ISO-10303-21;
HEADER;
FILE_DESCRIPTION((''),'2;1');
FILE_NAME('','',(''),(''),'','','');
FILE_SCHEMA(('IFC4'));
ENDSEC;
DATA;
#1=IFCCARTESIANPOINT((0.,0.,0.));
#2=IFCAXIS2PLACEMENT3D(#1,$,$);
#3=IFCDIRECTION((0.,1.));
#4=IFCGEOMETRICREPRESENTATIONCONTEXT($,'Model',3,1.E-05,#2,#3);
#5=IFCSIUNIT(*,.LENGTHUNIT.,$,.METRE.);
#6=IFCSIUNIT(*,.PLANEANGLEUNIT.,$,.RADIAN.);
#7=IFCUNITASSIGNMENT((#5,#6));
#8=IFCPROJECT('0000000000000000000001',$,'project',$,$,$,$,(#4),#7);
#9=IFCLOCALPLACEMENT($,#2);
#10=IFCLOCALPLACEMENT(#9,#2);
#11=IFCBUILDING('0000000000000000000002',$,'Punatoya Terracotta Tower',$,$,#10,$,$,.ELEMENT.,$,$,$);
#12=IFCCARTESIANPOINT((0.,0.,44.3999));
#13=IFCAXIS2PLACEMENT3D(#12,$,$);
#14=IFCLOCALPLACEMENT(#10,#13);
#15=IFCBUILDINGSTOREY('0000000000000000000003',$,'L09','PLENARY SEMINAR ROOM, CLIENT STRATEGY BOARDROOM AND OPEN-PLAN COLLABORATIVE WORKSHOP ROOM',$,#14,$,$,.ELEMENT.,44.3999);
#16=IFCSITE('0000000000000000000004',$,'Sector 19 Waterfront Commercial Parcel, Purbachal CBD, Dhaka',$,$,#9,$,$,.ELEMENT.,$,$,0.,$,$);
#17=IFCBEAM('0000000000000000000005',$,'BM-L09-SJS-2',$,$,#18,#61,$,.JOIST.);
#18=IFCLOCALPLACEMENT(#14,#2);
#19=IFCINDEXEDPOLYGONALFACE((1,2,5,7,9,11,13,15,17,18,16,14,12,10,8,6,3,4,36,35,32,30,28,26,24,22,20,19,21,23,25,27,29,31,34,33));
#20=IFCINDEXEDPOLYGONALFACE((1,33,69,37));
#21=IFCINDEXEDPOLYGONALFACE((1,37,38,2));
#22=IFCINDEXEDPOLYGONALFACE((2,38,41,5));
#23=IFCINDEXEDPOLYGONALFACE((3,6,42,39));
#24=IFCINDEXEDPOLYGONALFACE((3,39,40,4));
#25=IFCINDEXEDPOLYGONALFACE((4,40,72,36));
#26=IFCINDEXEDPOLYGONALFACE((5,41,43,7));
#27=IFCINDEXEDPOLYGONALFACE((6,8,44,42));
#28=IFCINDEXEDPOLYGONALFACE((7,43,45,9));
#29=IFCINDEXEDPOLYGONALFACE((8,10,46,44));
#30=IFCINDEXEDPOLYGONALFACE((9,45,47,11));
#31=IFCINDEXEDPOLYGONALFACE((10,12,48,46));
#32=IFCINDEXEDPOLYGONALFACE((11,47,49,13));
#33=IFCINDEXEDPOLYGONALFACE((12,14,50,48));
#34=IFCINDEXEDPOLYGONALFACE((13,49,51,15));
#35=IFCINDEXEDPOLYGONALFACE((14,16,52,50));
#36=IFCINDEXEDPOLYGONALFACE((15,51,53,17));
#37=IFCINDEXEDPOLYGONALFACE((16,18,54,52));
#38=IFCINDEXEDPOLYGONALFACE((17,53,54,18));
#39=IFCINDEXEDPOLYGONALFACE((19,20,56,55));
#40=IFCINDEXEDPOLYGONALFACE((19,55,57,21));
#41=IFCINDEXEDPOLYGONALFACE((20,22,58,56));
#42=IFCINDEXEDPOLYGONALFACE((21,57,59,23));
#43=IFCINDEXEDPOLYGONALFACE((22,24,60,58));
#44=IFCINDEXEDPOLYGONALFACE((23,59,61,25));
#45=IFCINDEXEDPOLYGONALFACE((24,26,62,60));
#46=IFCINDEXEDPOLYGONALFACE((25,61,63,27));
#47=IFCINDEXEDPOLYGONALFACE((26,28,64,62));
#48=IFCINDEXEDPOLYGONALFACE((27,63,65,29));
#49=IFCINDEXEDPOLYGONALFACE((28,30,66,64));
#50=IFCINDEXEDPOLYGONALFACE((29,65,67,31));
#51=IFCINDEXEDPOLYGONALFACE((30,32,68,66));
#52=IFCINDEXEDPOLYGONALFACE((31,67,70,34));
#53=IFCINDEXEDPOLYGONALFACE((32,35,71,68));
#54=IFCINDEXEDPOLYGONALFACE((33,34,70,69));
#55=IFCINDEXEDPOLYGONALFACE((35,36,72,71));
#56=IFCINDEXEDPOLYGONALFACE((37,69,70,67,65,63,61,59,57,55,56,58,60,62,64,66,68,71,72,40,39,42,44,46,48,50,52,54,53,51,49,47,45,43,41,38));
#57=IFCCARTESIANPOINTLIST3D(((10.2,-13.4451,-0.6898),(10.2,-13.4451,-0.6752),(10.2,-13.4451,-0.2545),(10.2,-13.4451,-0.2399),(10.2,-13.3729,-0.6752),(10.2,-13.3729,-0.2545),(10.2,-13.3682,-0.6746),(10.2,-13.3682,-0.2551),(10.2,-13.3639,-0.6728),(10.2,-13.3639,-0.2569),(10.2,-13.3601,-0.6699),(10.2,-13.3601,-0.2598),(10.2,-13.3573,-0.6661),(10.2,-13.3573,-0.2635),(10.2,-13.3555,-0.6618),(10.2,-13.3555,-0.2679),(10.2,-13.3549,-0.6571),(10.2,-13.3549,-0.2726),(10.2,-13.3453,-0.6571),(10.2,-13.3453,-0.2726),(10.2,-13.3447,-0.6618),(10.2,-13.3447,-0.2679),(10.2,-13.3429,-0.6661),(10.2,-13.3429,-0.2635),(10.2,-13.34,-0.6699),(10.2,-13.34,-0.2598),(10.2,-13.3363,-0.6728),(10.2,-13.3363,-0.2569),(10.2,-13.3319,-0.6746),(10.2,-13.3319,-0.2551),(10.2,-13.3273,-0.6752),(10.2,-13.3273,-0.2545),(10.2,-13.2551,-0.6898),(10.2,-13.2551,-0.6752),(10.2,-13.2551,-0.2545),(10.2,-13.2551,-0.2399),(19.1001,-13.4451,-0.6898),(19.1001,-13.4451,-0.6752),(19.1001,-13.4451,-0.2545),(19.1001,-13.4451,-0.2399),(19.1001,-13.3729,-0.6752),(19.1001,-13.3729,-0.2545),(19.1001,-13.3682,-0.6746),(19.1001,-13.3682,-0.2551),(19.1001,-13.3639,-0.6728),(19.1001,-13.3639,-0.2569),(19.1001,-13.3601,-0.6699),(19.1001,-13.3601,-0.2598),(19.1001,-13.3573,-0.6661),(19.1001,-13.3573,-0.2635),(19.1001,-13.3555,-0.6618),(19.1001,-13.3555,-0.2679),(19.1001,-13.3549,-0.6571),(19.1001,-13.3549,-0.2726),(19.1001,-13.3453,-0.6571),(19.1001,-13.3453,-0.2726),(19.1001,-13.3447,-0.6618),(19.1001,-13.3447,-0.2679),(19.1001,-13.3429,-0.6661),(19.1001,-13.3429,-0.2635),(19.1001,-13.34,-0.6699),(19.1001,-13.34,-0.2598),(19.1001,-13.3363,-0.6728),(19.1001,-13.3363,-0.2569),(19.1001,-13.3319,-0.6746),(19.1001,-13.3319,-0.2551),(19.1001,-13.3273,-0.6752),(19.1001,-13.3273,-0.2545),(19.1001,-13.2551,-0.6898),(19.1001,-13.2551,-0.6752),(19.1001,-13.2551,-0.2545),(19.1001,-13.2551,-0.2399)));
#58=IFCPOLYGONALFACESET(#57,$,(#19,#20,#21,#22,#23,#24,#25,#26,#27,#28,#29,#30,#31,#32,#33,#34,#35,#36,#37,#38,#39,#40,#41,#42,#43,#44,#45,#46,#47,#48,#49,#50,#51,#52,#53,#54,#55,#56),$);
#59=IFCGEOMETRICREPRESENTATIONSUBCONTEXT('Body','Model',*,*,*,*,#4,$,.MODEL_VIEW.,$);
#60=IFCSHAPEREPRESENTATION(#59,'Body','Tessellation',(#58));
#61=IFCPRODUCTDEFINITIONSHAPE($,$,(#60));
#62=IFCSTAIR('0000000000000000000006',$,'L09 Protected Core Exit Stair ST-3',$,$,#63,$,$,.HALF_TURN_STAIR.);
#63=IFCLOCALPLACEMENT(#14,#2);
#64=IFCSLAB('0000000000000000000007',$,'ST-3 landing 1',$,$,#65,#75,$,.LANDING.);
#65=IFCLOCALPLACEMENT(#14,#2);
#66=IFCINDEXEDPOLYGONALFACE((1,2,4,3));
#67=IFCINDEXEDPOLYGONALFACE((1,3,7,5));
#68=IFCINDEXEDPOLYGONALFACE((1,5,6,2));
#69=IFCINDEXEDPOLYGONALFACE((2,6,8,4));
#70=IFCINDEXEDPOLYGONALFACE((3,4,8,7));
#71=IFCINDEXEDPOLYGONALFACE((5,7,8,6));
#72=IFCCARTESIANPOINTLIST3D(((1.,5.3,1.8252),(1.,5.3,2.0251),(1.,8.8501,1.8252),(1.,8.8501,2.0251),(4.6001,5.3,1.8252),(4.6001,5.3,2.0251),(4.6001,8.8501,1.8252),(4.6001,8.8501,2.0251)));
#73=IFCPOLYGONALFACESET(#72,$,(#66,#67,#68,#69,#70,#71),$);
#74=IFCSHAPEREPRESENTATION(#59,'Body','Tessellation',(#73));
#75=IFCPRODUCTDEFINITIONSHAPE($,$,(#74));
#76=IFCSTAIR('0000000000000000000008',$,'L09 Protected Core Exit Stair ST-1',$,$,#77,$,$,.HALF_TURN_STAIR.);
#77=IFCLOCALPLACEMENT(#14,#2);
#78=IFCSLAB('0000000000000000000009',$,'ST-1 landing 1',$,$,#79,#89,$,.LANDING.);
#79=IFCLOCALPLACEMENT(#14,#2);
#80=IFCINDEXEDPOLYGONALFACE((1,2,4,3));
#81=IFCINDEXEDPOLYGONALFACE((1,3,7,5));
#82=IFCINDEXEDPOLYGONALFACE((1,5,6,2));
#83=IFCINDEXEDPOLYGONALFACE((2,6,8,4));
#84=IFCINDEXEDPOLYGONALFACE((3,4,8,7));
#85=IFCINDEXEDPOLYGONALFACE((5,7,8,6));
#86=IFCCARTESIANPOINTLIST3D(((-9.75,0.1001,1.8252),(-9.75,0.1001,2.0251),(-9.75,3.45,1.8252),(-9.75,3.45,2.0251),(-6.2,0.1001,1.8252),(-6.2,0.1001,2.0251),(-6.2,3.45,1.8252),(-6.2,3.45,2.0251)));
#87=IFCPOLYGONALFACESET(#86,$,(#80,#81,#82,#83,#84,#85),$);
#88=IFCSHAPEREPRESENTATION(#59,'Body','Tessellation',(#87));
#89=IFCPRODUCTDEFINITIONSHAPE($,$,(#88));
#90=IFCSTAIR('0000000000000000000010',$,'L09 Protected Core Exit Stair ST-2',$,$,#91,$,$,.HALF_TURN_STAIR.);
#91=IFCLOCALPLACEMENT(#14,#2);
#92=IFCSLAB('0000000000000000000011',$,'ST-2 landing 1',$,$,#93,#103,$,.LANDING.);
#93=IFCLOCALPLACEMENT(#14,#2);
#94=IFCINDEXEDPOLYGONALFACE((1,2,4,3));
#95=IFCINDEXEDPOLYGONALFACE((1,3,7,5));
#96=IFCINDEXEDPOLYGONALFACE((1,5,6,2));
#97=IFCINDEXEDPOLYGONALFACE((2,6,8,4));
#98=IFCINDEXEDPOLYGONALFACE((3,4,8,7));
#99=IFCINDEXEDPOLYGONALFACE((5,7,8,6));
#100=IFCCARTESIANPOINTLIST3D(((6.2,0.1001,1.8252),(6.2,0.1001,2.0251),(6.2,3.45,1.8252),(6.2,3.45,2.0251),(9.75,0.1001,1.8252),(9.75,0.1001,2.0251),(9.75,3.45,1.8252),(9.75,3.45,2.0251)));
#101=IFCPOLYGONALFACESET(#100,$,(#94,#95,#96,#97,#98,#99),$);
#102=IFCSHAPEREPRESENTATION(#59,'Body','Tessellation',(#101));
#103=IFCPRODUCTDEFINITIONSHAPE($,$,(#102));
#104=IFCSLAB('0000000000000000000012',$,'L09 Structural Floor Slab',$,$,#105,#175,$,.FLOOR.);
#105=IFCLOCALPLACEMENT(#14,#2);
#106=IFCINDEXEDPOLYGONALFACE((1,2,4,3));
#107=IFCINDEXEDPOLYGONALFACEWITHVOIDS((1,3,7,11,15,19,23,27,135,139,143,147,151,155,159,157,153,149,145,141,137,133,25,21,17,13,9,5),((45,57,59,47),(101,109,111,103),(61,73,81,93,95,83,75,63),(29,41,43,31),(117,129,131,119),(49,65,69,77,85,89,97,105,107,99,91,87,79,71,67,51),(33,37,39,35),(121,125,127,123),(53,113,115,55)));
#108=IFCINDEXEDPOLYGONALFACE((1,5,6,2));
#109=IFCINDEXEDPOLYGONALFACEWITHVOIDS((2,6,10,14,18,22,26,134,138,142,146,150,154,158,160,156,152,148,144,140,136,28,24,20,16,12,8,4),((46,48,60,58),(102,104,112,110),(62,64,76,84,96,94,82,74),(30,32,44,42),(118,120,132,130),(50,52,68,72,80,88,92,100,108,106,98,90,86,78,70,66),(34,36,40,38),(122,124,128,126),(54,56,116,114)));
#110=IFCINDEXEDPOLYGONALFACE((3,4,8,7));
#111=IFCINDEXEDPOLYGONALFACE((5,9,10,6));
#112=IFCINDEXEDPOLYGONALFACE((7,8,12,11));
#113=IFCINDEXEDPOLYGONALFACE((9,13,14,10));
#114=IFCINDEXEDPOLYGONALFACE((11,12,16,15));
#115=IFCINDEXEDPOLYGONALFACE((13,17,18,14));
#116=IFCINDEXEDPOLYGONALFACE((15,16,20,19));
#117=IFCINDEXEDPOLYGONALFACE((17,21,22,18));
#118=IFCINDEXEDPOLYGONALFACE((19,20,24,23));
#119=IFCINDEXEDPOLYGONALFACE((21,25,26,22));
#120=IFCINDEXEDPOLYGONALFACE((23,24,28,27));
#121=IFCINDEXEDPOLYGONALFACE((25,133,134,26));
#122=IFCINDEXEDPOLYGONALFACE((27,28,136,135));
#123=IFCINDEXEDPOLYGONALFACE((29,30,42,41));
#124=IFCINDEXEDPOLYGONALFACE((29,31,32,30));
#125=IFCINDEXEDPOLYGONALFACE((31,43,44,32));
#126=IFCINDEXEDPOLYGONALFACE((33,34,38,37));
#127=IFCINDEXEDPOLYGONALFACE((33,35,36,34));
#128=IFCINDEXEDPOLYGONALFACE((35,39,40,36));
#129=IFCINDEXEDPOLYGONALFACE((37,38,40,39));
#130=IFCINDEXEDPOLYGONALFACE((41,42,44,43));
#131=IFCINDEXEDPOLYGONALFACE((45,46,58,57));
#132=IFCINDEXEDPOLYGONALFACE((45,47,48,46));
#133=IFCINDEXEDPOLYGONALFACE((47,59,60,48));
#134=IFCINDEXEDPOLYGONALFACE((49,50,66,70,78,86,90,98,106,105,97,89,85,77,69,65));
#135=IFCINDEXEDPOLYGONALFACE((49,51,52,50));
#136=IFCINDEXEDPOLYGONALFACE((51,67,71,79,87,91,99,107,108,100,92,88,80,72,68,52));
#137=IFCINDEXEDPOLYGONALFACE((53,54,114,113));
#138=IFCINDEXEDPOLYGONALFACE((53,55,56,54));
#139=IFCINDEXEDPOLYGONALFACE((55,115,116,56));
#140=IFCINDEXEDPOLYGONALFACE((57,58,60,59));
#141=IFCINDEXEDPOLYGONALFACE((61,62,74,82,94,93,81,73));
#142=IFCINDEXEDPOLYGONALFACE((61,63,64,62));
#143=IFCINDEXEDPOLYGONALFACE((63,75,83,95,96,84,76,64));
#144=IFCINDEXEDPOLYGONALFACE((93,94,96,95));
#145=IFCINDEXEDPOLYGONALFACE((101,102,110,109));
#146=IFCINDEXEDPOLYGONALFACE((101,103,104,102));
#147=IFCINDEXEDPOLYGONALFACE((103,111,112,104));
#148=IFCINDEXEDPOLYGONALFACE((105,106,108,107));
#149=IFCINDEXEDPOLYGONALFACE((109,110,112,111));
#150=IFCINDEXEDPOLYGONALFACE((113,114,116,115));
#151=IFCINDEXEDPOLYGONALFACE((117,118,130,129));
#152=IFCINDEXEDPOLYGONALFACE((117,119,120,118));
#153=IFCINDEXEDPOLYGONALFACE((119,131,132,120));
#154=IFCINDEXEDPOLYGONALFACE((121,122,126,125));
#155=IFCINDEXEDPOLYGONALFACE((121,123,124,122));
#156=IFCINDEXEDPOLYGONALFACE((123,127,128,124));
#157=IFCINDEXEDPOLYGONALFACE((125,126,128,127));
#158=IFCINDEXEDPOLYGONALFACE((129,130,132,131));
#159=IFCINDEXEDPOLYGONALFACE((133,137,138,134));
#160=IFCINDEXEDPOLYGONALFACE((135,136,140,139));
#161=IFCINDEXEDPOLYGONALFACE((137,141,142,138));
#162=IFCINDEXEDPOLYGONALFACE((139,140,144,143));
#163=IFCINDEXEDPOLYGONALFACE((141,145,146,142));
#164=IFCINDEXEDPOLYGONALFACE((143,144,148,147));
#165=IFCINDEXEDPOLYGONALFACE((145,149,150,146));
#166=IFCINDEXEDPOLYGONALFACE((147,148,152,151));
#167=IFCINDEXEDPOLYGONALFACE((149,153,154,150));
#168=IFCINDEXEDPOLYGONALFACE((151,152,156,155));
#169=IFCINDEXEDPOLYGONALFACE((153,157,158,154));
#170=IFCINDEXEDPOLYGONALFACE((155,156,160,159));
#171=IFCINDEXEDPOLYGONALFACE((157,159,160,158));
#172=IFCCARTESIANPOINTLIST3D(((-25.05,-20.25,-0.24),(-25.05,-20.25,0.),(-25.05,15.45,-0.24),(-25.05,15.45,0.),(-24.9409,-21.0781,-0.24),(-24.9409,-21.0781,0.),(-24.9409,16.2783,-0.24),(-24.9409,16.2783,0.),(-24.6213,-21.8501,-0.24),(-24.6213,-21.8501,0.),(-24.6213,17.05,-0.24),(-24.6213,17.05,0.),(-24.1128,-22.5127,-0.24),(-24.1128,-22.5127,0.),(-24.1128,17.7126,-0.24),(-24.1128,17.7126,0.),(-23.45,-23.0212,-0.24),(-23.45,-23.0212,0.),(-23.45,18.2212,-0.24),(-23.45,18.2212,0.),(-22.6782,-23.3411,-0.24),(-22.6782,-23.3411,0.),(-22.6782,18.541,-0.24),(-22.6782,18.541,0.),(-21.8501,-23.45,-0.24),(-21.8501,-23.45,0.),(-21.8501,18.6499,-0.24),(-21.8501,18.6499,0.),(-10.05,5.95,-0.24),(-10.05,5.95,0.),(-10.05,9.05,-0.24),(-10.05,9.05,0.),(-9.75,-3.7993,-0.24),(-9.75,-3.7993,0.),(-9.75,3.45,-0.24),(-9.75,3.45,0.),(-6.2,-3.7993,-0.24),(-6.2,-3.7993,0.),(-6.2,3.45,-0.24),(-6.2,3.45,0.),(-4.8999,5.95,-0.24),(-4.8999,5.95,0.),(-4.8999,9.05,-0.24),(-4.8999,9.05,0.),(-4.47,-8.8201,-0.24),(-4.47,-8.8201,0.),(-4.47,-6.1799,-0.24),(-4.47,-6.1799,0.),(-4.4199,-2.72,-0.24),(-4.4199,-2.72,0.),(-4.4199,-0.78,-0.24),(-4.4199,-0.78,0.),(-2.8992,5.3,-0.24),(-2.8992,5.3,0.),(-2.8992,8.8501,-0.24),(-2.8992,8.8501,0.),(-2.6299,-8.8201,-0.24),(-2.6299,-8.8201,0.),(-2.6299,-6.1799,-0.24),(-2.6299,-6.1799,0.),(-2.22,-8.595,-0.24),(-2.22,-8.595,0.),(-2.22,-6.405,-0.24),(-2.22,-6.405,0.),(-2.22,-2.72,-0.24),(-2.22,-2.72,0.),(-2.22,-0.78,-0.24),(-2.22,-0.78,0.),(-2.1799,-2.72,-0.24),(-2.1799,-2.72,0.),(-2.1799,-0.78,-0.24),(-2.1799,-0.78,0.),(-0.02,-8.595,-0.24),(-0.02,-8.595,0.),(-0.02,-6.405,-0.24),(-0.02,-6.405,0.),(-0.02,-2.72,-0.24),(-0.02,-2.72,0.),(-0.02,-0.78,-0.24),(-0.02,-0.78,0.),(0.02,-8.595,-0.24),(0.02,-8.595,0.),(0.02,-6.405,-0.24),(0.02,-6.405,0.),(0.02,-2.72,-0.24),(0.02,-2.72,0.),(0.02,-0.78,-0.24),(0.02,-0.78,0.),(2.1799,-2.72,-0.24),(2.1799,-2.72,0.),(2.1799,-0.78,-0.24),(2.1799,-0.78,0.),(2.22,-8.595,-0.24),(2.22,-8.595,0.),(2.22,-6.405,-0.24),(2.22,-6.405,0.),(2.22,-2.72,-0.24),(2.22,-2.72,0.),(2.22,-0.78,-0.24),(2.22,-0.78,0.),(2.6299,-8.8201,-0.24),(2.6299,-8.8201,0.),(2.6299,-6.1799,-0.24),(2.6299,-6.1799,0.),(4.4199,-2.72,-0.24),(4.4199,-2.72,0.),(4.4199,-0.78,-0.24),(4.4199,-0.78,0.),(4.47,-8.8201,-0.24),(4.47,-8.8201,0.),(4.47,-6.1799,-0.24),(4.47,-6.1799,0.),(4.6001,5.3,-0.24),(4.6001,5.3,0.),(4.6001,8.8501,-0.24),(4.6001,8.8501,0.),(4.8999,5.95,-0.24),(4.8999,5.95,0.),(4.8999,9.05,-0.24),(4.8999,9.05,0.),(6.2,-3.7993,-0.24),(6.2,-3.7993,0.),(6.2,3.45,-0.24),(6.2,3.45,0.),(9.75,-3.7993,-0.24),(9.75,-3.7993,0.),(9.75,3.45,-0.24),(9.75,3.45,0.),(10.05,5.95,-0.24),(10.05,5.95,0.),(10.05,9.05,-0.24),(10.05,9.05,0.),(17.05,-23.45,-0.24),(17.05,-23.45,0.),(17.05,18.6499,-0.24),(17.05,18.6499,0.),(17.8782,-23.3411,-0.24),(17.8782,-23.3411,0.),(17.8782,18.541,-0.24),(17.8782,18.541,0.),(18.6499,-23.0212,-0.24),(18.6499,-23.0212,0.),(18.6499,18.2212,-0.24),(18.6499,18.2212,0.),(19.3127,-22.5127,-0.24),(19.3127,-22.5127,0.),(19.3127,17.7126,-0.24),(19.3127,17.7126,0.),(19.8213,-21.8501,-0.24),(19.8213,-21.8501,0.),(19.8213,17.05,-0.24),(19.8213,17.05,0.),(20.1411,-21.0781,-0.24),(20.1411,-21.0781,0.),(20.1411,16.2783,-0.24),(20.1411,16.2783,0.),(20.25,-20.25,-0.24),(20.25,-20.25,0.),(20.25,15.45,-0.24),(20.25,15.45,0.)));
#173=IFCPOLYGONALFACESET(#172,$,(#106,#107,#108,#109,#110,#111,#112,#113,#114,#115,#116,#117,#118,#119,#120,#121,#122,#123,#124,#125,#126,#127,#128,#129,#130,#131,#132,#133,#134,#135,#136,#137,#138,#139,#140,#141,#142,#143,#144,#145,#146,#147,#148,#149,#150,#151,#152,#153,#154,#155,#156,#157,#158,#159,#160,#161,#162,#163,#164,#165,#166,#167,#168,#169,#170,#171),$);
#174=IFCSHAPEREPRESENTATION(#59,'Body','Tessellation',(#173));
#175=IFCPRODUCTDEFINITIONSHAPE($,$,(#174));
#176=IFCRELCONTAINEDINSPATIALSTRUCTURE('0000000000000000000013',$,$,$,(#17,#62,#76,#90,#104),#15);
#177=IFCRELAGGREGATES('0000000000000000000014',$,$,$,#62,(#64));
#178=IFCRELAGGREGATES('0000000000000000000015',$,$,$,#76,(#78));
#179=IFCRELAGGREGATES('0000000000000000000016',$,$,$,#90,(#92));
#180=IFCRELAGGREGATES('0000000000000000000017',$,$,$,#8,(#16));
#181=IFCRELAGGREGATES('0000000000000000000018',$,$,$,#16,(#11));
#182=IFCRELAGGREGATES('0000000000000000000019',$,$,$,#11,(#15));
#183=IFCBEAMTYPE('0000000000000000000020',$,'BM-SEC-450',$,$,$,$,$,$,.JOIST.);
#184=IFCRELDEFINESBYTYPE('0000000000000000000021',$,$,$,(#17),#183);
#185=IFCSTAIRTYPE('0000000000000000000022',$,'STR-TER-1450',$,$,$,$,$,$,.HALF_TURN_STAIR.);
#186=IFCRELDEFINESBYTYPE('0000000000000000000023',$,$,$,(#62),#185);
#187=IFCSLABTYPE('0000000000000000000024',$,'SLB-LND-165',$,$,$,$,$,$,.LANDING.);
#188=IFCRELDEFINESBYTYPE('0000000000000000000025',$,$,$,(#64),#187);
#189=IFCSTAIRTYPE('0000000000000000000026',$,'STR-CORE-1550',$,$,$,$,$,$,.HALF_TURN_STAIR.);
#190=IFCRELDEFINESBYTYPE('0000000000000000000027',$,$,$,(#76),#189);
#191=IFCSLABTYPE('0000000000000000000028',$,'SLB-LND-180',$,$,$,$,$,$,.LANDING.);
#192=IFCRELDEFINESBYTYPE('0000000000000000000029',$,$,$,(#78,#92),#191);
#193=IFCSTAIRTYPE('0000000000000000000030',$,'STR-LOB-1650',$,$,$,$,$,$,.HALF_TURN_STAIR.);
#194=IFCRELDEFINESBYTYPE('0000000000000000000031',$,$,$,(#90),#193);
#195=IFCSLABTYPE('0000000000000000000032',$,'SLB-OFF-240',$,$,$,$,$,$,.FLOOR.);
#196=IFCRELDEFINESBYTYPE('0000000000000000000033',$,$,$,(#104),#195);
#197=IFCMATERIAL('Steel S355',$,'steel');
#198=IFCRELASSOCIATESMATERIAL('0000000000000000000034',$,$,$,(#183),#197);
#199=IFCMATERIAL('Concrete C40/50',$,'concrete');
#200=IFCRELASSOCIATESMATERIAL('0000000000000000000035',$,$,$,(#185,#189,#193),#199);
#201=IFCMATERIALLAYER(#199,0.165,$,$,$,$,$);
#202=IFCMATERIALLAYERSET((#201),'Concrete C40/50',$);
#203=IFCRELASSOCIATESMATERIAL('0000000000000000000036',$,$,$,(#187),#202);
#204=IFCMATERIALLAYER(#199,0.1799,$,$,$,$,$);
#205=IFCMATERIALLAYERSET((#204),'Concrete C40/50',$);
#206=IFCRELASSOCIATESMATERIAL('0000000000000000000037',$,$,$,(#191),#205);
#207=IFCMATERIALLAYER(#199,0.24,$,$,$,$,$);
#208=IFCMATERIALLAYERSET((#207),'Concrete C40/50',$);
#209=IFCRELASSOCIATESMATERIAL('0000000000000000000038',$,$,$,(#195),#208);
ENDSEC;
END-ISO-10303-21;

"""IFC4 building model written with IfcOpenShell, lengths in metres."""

from ifc_helpers import new_model, si_unit, direction, frame, origin, origin_2d, place, context, subcontext, project, spatial, polyline, i_section, outline, extrude, material, layer, layer_set, material_profile, profile_set, type_object, element, aggregate, save


model = new_model("IFC4")

# Units and contexts
model_context = context("Model", 3, precision=1e-05, world=origin(), true_north=direction((0.0, 1.0)))
body_context = subcontext(model_context, "Body", "Model", "MODEL_VIEW")
ifc_project = project(units=[si_unit("LENGTHUNIT", "METRE"), si_unit("PLANEANGLEUNIT", "RADIAN")], contexts=[model_context])

# Site, building, storey
site_placement = place(None, origin())
site = spatial("IfcSite", under=ifc_project, at=site_placement, Name="Sector 19 Waterfront Commercial Parcel, Purbachal CBD, Dhaka", CompositionType="ELEMENT", RefElevation=0.0)
building_placement = place(site_placement, origin())
building = spatial("IfcBuilding", under=site, at=building_placement, Name="Punatoya Terracotta Tower", CompositionType="ELEMENT")
storey_placement = place(building_placement, frame((0.0, 0.0, 44.3999)))
storey = spatial("IfcBuildingStorey", under=building, at=storey_placement, Name="L09", Description="PLENARY SEMINAR ROOM, CLIENT STRATEGY BOARDROOM AND OPEN-PLAN COLLABORATIVE WORKSHOP ROOM", CompositionType="ELEMENT", Elevation=44.3999)

# Beam
ifc_material_1 = material(Name="Steel S355", Category="steel")
ifc_material_profile = material_profile(ifc_material_1, i_section(OverallWidth=0.1899, OverallDepth=0.45, WebThickness=0.0095, FlangeThickness=0.0146, FilletRadius=0.0181, at=origin_2d()))
ifc_profile_set = profile_set([ifc_material_profile], Name="Steel S355")
beam_type = type_object("IfcBeamType", Name="BM-SEC-450", PredefinedType="JOIST", material=ifc_profile_set)
beam_placement = place(storey_placement, frame((10.2, -13.3501, -0.4648), z_axis=(1.0, 0.0, 0.0), x_axis=(0.0, 1.0, 0.0)))
element("IfcBeam", 1, at=beam_placement, inside=storey, type_object=beam_type, Name="BM-L09-SJS-2", PredefinedType="JOIST", context=body_context, shape_type="SweptSolid", body=[
    extrude(i_section(OverallWidth=0.1899, OverallDepth=0.45, WebThickness=0.0095, FlangeThickness=0.0146, FilletRadius=0.0181, at=origin_2d()), origin(), (0.0, 0.0, 1.0), 8.9001),
])

# Stairs, slabs
ifc_material_2 = material(Name="Concrete C40/50", Category="concrete")
stair_type_1 = type_object("IfcStairType", Name="STR-TER-1450", PredefinedType="HALF_TURN_STAIR", material=ifc_material_2)
stair_1_placement = place(storey_placement, origin())
stair_1 = element("IfcStair", 2, at=stair_1_placement, inside=storey, type_object=stair_type_1, Name="L09 Protected Core Exit Stair ST-3", PredefinedType="HALF_TURN_STAIR")
ifc_layer_1 = layer(ifc_material_2, 0.165)
ifc_layer_set_1 = layer_set([ifc_layer_1], Name="Concrete C40/50")
slab_type_1 = type_object("IfcSlabType", Name="SLB-LND-165", PredefinedType="LANDING", material=ifc_layer_set_1)
slab_1_placement = place(storey_placement, frame((0.0, 0.0, 1.8252)))
slab_1 = element("IfcSlab", 3, at=slab_1_placement, type_object=slab_type_1, Name="ST-3 landing 1", PredefinedType="LANDING", context=body_context, shape_type="SweptSolid", body=[
    extrude(outline(polyline([(1.0, 5.3), (4.6001, 5.3), (4.6001, 8.8501), (1.0, 8.8501), (1.0, 5.3)])), origin(), (0.0, 0.0, 1.0), 0.2),
])
aggregate(stair_1, [slab_1])
stair_type_2 = type_object("IfcStairType", Name="STR-CORE-1550", PredefinedType="HALF_TURN_STAIR", material=ifc_material_2)
stair_2_placement = place(storey_placement, origin())
stair_2 = element("IfcStair", 4, at=stair_2_placement, inside=storey, type_object=stair_type_2, Name="L09 Protected Core Exit Stair ST-1", PredefinedType="HALF_TURN_STAIR")
ifc_layer_2 = layer(ifc_material_2, 0.1799)
ifc_layer_set_2 = layer_set([ifc_layer_2], Name="Concrete C40/50")
slab_type_2 = type_object("IfcSlabType", Name="SLB-LND-180", PredefinedType="LANDING", material=ifc_layer_set_2)
slab_2_placement = place(storey_placement, frame((0.0, 0.0, 1.8252)))
slab_2 = element("IfcSlab", 5, at=slab_2_placement, type_object=slab_type_2, Name="ST-1 landing 1", PredefinedType="LANDING", context=body_context, shape_type="SweptSolid", body=[
    extrude(outline(polyline([(-6.2, 0.1001), (-6.2, 3.45), (-9.75, 3.45), (-9.75, 0.1001), (-6.2, 0.1001)])), origin(), (0.0, 0.0, 1.0), 0.2),
])
aggregate(stair_2, [slab_2])
stair_type_3 = type_object("IfcStairType", Name="STR-LOB-1650", PredefinedType="HALF_TURN_STAIR", material=ifc_material_2)
stair_3_placement = place(storey_placement, origin())
stair_3 = element("IfcStair", 6, at=stair_3_placement, inside=storey, type_object=stair_type_3, Name="L09 Protected Core Exit Stair ST-2", PredefinedType="HALF_TURN_STAIR")
slab_3_placement = place(storey_placement, frame((0.0, 0.0, 1.8252)))
slab_3 = element("IfcSlab", 7, at=slab_3_placement, type_object=slab_type_2, Name="ST-2 landing 1", PredefinedType="LANDING", context=body_context, shape_type="SweptSolid", body=[
    extrude(outline(polyline([(9.75, 0.1001), (9.75, 3.45), (6.2, 3.45), (6.2, 0.1001), (9.75, 0.1001)])), origin(), (0.0, 0.0, 1.0), 0.2),
])

# Slab
ifc_layer_3 = layer(ifc_material_2, 0.24)
ifc_layer_set_3 = layer_set([ifc_layer_3], Name="Concrete C40/50")
slab_type_3 = type_object("IfcSlabType", Name="SLB-OFF-240", PredefinedType="FLOOR", material=ifc_layer_set_3)
slab_4_placement = place(storey_placement, frame((0.0, 0.0, -0.24)))
element("IfcSlab", 8, at=slab_4_placement, inside=storey, type_object=slab_type_3, Name="L09 Structural Floor Slab", PredefinedType="FLOOR", context=body_context, shape_type="SweptSolid", body=[
    extrude(outline(polyline([(-21.8501, -23.45), (-22.6782, -23.3411), (-23.45, -23.0212), (-24.1128, -22.5127), (-24.6213, -21.8501), (-24.9409, -21.0781), (-25.05, -20.25), (-25.05, 15.45), (-24.9409, 16.2783), (-24.6213, 17.05), (-24.1128, 17.7126), (-23.45, 18.2212), (-22.6782, 18.541), (-21.8501, 18.6499), (17.05, 18.6499), (17.8782, 18.541), (18.6499, 18.2212), (19.3127, 17.7126), (19.8213, 17.05), (20.1411, 16.2783), (20.25, 15.45), (20.25, -20.25), (20.1411, -21.0781), (19.8213, -21.8501), (19.3127, -22.5127), (18.6499, -23.0212), (17.8782, -23.3411), (17.05, -23.45), (-21.8501, -23.45)]), holes=[polyline([(-2.6299, -6.1799), (-4.47, -6.1799), (-4.47, -8.8201), (-2.6299, -8.8201), (-2.6299, -6.1799)]), polyline([(0.02, -8.595), (2.22, -8.595), (2.22, -6.405), (0.02, -6.405), (-0.02, -6.405), (-2.22, -6.405), (-2.22, -8.595), (-0.02, -8.595), (0.02, -8.595)]), polyline([(-2.22, -2.72), (-2.1799, -2.72), (-0.02, -2.72), (0.02, -2.72), (2.1799, -2.72), (2.22, -2.72), (4.4199, -2.72), (4.4199, -0.78), (2.22, -0.78), (2.1799, -0.78), (0.02, -0.78), (-0.02, -0.78), (-2.1799, -0.78), (-2.22, -0.78), (-4.4199, -0.78), (-4.4199, -2.72), (-2.22, -2.72)]), polyline([(-6.2, 3.45), (-9.75, 3.45), (-9.75, -3.7993), (-6.2, -3.7993), (-6.2, 3.45)]), polyline([(4.6001, 5.3), (4.6001, 8.8501), (-2.8992, 8.8501), (-2.8992, 5.3), (4.6001, 5.3)]), polyline([(-4.8999, 9.05), (-10.05, 9.05), (-10.05, 5.95), (-4.8999, 5.95), (-4.8999, 9.05)]), polyline([(4.47, -8.8201), (4.47, -6.1799), (2.6299, -6.1799), (2.6299, -8.8201), (4.47, -8.8201)]), polyline([(9.75, 3.45), (6.2, 3.45), (6.2, -3.7993), (9.75, -3.7993), (9.75, 3.45)]), polyline([(10.05, 5.95), (10.05, 9.05), (4.8999, 9.05), (4.8999, 5.95), (10.05, 5.95)])]), origin(), (0.0, 0.0, 1.0), 0.24),
])

aggregate(stair_3, [slab_3])

save(model, "model.ifc")
